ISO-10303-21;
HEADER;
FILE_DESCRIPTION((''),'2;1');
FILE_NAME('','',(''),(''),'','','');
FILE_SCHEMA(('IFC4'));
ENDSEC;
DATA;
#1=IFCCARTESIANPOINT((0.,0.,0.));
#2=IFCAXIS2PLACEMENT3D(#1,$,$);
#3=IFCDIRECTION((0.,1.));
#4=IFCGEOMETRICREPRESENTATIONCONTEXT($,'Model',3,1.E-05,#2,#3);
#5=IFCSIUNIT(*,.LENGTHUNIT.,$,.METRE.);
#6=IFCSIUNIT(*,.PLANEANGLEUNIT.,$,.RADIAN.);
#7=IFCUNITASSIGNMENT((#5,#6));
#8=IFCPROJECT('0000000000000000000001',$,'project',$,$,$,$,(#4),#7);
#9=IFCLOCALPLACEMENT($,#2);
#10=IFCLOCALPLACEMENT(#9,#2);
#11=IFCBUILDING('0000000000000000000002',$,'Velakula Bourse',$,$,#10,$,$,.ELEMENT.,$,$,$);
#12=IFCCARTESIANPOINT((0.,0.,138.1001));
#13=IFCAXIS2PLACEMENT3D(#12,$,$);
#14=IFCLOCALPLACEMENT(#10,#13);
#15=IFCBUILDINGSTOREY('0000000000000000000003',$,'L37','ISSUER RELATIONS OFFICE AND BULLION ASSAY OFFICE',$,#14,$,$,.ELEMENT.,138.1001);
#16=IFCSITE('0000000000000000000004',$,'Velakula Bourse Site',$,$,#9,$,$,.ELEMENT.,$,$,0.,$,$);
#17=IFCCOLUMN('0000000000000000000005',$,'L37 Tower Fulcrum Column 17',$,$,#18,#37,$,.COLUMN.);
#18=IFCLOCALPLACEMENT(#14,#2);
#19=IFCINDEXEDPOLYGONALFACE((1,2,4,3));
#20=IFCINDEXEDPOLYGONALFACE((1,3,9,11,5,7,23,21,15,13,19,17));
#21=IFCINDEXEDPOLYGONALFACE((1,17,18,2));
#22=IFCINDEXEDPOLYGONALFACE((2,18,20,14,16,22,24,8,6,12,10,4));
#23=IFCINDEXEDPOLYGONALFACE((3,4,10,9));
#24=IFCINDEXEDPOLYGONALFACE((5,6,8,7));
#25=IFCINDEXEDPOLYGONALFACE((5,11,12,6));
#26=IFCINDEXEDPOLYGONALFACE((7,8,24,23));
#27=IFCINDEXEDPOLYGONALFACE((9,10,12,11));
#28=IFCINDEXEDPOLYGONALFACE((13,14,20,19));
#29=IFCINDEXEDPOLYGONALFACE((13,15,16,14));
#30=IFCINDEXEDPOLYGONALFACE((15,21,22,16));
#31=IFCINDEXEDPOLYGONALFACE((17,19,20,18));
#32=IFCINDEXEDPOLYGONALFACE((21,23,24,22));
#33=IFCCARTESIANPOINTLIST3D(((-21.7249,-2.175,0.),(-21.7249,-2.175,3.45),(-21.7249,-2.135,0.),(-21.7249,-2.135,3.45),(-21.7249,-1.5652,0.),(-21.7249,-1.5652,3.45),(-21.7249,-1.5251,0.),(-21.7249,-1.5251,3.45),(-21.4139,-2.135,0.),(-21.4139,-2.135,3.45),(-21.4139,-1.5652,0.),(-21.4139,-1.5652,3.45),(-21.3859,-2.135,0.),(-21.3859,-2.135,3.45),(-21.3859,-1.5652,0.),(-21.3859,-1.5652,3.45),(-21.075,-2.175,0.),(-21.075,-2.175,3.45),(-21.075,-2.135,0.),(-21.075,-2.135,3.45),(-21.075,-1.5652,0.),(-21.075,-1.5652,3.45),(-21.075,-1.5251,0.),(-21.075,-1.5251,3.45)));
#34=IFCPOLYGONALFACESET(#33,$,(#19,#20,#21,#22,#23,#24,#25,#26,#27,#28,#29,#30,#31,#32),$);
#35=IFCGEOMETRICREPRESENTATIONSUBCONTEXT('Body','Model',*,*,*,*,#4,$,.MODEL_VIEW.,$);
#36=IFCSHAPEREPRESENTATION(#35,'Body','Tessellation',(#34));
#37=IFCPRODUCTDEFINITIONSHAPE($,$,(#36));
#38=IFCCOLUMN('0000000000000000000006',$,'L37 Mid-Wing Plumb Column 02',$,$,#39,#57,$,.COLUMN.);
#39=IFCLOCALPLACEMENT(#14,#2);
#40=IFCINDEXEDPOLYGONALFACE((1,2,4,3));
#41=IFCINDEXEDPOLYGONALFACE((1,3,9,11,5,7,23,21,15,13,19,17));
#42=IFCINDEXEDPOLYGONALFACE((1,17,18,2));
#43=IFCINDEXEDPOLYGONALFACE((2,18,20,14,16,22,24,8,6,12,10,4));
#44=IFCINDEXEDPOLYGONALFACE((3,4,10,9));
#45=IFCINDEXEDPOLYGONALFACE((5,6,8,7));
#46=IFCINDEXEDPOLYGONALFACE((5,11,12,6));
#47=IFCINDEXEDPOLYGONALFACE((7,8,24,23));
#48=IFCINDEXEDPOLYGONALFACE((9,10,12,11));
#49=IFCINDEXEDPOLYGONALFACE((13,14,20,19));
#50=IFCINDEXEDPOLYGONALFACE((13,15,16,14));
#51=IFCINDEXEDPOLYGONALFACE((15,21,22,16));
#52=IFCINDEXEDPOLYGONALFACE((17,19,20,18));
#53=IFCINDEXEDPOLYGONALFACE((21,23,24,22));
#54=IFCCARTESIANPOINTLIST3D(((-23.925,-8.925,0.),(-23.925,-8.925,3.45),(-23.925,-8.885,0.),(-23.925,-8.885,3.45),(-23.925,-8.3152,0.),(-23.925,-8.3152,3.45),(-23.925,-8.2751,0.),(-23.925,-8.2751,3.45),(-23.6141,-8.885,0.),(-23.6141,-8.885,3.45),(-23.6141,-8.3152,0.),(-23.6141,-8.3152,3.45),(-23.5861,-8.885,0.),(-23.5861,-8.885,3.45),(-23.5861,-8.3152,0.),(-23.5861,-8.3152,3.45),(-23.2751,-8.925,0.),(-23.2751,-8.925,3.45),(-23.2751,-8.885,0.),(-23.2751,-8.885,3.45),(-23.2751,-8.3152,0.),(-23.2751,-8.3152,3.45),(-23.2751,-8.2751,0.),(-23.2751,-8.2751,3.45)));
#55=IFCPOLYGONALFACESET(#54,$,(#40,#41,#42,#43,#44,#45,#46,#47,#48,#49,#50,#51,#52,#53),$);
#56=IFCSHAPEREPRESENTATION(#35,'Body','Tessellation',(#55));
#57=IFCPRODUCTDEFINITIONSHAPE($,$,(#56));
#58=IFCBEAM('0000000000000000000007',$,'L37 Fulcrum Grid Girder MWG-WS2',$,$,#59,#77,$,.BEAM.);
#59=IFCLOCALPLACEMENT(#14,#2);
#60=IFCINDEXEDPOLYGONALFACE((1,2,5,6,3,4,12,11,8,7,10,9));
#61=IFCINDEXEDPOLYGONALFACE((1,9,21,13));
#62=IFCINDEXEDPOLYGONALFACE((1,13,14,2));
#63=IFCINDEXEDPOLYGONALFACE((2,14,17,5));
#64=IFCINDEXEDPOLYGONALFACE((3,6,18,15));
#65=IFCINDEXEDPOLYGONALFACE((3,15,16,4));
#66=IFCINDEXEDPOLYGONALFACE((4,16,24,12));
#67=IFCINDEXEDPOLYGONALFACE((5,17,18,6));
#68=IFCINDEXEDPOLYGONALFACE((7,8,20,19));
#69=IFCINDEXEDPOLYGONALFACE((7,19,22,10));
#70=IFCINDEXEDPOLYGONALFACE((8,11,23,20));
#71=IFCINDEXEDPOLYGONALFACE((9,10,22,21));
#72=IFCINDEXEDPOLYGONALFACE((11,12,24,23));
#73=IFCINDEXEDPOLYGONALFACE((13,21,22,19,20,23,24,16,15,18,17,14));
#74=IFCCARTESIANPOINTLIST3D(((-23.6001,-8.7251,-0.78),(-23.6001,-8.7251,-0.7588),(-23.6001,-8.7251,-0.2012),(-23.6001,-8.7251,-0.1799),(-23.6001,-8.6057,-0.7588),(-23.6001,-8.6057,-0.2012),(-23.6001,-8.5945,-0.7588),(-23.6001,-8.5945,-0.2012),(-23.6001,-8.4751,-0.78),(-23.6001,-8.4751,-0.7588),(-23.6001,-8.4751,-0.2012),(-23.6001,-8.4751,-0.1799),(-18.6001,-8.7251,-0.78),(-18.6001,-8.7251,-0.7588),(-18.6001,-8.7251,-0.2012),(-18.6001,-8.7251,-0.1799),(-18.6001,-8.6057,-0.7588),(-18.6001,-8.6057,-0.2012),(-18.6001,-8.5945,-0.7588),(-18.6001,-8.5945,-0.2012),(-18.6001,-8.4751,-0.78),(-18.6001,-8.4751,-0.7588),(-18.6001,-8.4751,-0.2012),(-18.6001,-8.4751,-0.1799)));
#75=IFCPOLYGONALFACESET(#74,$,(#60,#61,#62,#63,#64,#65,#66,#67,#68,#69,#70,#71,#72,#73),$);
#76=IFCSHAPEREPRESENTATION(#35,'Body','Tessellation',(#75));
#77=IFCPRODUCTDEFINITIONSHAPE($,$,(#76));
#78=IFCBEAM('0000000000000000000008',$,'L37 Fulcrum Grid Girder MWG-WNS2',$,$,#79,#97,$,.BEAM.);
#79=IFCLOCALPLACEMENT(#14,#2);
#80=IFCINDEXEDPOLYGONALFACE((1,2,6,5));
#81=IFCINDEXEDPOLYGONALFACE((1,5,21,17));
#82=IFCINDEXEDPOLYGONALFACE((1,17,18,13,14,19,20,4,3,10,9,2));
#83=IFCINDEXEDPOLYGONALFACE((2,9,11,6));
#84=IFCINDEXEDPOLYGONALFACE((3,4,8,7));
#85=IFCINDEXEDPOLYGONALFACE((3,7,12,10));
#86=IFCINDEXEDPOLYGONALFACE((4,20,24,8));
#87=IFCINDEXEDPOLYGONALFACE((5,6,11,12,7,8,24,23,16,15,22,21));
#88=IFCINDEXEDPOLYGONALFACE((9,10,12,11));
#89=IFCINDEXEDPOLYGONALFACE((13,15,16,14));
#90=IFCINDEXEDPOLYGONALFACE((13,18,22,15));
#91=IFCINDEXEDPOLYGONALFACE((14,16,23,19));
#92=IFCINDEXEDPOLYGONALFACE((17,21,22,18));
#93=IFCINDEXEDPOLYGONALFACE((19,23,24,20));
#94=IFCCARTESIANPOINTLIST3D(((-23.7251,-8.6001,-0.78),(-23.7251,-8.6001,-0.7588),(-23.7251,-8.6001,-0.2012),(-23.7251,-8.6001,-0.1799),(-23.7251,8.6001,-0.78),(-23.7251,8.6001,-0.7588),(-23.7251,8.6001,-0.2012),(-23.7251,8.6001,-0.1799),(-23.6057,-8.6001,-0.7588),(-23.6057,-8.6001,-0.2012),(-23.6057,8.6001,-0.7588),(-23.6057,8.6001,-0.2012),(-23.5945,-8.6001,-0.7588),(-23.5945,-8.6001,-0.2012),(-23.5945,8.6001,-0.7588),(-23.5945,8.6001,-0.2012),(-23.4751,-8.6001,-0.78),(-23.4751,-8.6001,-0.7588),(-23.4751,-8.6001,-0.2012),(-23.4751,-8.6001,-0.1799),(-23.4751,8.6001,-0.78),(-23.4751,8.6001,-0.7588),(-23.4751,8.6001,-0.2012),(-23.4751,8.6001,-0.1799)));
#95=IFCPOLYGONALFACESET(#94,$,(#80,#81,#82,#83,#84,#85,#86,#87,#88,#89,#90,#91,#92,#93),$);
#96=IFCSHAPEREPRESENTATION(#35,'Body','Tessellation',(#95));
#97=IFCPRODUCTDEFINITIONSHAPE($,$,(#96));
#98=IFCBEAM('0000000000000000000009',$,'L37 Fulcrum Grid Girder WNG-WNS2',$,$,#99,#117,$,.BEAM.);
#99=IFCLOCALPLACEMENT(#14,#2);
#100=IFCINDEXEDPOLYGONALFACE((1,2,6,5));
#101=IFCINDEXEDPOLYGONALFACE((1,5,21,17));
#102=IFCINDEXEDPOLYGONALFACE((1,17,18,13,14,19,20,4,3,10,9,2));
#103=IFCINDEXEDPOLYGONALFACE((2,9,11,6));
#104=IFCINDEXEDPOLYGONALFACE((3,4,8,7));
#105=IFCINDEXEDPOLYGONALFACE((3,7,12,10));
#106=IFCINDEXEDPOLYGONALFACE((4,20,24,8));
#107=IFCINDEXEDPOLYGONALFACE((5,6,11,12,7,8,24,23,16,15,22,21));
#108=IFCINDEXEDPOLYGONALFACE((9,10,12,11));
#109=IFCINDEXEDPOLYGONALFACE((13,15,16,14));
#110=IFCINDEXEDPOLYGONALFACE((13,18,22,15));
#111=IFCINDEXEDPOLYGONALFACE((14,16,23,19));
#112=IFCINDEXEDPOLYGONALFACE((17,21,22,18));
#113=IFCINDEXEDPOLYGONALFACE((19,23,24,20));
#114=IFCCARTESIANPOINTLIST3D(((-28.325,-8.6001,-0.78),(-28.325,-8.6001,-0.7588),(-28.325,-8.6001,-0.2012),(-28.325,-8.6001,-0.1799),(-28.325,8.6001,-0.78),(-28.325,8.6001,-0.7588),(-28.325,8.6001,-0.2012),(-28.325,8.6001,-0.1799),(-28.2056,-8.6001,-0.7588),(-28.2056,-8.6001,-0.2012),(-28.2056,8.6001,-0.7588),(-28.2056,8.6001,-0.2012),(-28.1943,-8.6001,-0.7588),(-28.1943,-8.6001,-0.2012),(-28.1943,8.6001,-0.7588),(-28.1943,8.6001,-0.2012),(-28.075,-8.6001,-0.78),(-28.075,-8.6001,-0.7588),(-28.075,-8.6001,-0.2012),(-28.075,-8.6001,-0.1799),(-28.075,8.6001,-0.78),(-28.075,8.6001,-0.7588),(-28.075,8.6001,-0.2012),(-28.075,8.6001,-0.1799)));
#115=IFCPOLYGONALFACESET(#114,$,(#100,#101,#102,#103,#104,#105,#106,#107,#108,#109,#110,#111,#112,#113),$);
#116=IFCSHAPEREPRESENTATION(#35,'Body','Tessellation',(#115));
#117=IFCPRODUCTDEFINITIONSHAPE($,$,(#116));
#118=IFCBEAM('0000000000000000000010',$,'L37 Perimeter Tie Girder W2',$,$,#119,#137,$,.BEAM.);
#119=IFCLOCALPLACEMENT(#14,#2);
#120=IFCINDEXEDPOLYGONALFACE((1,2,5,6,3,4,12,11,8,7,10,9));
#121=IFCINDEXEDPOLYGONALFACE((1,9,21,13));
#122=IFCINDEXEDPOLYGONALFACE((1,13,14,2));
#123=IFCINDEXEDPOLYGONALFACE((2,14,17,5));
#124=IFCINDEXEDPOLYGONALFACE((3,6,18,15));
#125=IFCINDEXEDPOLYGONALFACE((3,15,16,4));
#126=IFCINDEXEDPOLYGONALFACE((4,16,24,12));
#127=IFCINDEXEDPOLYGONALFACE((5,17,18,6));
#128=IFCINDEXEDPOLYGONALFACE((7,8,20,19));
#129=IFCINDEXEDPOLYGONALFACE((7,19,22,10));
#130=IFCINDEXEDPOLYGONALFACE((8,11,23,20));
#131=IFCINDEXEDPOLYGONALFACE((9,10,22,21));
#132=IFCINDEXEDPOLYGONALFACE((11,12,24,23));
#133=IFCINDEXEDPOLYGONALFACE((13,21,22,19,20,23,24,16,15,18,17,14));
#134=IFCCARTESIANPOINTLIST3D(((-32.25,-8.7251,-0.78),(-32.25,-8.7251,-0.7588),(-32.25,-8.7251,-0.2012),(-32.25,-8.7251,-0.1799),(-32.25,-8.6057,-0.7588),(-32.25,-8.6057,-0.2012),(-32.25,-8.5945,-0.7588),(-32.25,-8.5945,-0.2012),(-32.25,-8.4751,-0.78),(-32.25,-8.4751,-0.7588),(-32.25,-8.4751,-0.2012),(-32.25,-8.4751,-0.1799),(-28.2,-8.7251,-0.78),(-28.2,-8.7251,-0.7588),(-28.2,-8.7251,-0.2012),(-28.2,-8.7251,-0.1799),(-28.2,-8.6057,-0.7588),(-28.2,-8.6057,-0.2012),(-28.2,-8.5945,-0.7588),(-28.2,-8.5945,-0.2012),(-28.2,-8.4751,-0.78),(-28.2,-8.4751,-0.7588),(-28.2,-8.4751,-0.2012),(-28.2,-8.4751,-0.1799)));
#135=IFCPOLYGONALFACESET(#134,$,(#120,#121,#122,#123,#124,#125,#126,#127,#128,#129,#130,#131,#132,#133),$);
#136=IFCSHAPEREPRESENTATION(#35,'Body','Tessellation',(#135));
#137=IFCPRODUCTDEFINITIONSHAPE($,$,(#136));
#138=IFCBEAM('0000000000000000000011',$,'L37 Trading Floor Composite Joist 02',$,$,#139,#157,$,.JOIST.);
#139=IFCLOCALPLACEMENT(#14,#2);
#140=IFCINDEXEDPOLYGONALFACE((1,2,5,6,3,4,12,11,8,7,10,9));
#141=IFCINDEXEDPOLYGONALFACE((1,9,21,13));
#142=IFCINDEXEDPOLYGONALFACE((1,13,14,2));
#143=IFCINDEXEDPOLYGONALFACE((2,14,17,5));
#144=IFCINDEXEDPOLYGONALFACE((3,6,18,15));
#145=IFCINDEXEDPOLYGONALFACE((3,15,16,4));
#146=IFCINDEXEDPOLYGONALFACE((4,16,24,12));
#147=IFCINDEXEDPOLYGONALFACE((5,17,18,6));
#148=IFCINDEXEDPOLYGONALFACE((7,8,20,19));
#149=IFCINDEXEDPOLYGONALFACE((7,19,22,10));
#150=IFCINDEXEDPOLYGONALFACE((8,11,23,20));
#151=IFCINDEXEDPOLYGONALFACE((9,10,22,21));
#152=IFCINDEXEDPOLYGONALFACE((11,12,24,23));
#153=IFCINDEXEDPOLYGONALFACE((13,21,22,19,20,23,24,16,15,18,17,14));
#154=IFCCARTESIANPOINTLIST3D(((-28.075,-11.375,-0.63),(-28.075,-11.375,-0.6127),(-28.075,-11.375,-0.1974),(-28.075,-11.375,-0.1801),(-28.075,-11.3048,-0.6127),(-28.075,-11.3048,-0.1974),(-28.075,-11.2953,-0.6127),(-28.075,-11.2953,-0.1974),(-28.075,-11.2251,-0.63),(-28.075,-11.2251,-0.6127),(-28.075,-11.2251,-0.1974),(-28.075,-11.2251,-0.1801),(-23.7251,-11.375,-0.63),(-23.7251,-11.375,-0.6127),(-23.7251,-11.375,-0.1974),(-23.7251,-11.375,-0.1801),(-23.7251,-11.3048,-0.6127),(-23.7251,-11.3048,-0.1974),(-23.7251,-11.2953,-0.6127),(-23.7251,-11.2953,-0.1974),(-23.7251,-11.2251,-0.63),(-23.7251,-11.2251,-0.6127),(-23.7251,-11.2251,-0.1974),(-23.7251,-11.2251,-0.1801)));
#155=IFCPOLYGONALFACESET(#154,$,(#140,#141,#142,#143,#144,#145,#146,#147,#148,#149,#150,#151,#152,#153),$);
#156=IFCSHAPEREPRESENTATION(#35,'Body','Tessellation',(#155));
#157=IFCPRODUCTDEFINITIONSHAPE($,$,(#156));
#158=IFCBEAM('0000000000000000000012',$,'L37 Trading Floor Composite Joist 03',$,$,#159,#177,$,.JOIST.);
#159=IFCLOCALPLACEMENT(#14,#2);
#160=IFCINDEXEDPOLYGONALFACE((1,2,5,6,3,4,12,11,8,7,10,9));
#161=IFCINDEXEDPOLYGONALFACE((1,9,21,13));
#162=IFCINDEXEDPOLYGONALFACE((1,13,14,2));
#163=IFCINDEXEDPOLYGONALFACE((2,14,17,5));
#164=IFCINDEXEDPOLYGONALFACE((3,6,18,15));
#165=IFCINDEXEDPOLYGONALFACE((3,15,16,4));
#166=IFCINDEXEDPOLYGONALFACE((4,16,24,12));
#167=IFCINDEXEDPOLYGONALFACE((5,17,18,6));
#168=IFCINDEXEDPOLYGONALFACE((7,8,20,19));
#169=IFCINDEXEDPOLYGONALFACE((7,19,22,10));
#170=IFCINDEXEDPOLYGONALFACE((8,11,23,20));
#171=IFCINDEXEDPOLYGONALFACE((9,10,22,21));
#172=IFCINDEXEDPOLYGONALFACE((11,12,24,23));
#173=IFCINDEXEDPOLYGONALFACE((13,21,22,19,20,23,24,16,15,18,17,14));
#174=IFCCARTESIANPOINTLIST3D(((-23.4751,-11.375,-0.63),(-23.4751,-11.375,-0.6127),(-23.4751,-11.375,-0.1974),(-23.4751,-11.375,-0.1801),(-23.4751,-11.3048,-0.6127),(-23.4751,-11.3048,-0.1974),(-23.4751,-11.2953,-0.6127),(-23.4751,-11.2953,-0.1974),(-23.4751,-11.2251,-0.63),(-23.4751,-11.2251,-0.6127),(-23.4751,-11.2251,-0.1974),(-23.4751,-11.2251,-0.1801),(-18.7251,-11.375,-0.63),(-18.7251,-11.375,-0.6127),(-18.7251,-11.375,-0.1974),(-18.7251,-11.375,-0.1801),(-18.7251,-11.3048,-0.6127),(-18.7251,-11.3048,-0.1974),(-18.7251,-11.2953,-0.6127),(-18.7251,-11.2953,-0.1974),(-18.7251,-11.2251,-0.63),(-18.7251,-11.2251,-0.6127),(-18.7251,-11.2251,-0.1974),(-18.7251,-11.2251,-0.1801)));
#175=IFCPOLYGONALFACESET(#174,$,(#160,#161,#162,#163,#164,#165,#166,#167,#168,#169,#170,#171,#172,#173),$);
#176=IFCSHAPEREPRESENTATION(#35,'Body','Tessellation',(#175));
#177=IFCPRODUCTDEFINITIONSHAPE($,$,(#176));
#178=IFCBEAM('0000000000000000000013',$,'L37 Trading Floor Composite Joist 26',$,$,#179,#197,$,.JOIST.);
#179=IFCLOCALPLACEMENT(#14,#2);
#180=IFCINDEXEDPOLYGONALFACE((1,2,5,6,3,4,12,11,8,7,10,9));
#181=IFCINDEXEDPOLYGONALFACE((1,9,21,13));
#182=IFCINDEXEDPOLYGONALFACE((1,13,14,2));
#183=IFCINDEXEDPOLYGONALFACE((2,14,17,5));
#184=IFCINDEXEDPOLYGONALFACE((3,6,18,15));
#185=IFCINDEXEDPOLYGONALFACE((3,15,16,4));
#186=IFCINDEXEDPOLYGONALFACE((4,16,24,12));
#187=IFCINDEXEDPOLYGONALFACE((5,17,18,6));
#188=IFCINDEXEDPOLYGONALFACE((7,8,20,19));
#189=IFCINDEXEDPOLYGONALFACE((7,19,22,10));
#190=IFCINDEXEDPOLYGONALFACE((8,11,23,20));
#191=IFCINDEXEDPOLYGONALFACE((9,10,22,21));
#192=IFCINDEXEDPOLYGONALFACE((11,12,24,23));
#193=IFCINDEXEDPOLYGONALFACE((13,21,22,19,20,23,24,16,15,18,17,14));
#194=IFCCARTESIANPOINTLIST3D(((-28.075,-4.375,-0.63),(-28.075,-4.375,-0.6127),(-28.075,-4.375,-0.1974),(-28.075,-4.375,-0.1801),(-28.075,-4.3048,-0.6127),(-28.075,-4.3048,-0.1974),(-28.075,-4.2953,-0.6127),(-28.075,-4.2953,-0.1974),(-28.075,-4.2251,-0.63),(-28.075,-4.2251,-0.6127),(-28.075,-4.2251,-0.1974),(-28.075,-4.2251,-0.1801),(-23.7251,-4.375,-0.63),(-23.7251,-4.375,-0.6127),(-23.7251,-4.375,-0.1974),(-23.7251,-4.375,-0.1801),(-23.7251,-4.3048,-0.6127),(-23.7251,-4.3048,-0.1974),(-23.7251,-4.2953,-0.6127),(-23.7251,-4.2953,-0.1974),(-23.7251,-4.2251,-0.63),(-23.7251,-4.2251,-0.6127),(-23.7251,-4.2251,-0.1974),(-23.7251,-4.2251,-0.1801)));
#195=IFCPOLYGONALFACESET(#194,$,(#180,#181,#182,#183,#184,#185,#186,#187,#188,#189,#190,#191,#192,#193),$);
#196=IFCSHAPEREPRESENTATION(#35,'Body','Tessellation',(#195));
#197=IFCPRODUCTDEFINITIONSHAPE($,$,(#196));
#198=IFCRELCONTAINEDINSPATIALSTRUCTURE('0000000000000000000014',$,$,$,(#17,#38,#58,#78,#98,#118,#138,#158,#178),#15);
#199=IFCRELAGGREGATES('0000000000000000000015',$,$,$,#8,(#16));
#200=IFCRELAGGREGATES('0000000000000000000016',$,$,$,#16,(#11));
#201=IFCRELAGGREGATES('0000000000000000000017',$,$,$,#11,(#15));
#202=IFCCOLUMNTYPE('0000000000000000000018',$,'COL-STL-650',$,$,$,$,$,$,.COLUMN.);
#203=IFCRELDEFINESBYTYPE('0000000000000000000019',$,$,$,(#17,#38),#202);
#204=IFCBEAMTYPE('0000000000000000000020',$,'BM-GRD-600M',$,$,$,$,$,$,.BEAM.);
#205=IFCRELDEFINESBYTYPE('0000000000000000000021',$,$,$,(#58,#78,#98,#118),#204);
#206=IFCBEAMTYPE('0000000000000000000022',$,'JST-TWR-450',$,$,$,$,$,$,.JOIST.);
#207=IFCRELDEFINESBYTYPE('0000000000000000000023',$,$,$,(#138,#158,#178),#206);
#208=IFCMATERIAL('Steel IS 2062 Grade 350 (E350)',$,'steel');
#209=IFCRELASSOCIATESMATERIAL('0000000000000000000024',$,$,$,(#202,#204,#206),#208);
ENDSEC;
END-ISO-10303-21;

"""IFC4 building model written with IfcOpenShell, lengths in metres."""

from ifc_helpers import new_model, si_unit, direction, frame, origin, origin_2d, place, context, subcontext, project, spatial, i_section, extrude, material, material_profile, profile_set, type_object, element, save


model = new_model("IFC4")

# Units and contexts
model_context = context("Model", 3, precision=1e-05, world=origin(), true_north=direction((0.0, 1.0)))
body_context = subcontext(model_context, "Body", "Model", "MODEL_VIEW")
ifc_project = project(units=[si_unit("LENGTHUNIT", "METRE"), si_unit("PLANEANGLEUNIT", "RADIAN")], contexts=[model_context])

# Site, building, storey
site_placement = place(None, origin())
site = spatial("IfcSite", under=ifc_project, at=site_placement, Name="Velakula Bourse Site", CompositionType="ELEMENT", RefElevation=0.0)
building_placement = place(site_placement, origin())
building = spatial("IfcBuilding", under=site, at=building_placement, Name="Velakula Bourse", CompositionType="ELEMENT")
storey_placement = place(building_placement, frame((0.0, 0.0, 138.1001)))
storey = spatial("IfcBuildingStorey", under=building, at=storey_placement, Name="L37", Description="ISSUER RELATIONS OFFICE AND BULLION ASSAY OFFICE", CompositionType="ELEMENT", Elevation=138.1001)

# Columns
ifc_material_1 = material(Name="Steel IS 2062 Grade 350 (E350)", Category="steel")
ifc_material_profile_1 = material_profile(ifc_material_1, i_section(OverallWidth=0.6499, OverallDepth=0.6499, WebThickness=0.0281, FlangeThickness=0.04, at=origin_2d()), Name="Steel IS 2062 Grade 350 (E350)")
ifc_profile_set_1 = profile_set([ifc_material_profile_1], Name="Steel IS 2062 Grade 350 (E350)")
column_type = type_object("IfcColumnType", Name="COL-STL-650", PredefinedType="COLUMN", material=ifc_profile_set_1)
for number, where, z_axis, x_axis, name in (
    (1, (-21.3999, -1.8501, 0.0), (0.0, 0.0, 1.0), (1.0, 0.0, 0.0), "L37 Tower Fulcrum Column 17"),
    (2, (-23.6001, -8.6001, 0.0), (0.0, 0.0, 1.0), (1.0, 0.0, 0.0), "L37 Mid-Wing Plumb Column 02"),
):
    element("IfcColumn", number, at=place(storey_placement, frame(where, z_axis=z_axis, x_axis=x_axis)), inside=storey, type_object=column_type, Name=name, PredefinedType="COLUMN", context=body_context, shape_type="SweptSolid", body=[
        extrude(i_section(OverallWidth=0.6499, OverallDepth=0.6499, WebThickness=0.0281, FlangeThickness=0.04, at=origin_2d()), origin(), (0.0, 0.0, 1.0), 3.45),
    ])

# Beams
ifc_material_profile_2 = material_profile(ifc_material_1, i_section(OverallWidth=0.25, OverallDepth=0.6001, WebThickness=0.0112, FlangeThickness=0.0212, at=origin_2d()), Name="Steel IS 2062 Grade 350 (E350)")
ifc_profile_set_2 = profile_set([ifc_material_profile_2], Name="Steel IS 2062 Grade 350 (E350)")
beam_type_1 = type_object("IfcBeamType", Name="BM-GRD-600M", PredefinedType="BEAM", material=ifc_profile_set_2)
beam_1_placement = place(storey_placement, frame((-23.6001, -8.6001, -0.48), z_axis=(1.0, 0.0, 0.0), x_axis=(0.0, 1.0, 0.0)))
element("IfcBeam", 3, at=beam_1_placement, inside=storey, type_object=beam_type_1, Name="L37 Fulcrum Grid Girder MWG-WS2", PredefinedType="BEAM", context=body_context, shape_type="SweptSolid", body=[
    extrude(i_section(OverallWidth=0.25, OverallDepth=0.6001, WebThickness=0.0112, FlangeThickness=0.0212, at=origin_2d()), origin(), (0.0, 0.0, 1.0), 5.0),
])
for number, where, z_axis, x_axis, name in (
    (4, (-23.6001, -8.6001, -0.48), (0.0, 1.0, 0.0), (-1.0, 0.0, 0.0), "L37 Fulcrum Grid Girder MWG-WNS2"),
    (5, (-28.2, -8.6001, -0.48), (0.0, 1.0, 0.0), (-1.0, 0.0, 0.0), "L37 Fulcrum Grid Girder WNG-WNS2"),
):
    element("IfcBeam", number, at=place(storey_placement, frame(where, z_axis=z_axis, x_axis=x_axis)), inside=storey, type_object=beam_type_1, Name=name, PredefinedType="BEAM", context=body_context, shape_type="SweptSolid", body=[
        extrude(i_section(OverallWidth=0.25, OverallDepth=0.6001, WebThickness=0.0112, FlangeThickness=0.0212, at=origin_2d()), origin(), (0.0, 0.0, 1.0), 17.2002),
    ])
beam_2_placement = place(storey_placement, frame((-28.2, -8.6001, -0.48), z_axis=(-1.0, 0.0, 0.0), x_axis=(0.0, -1.0, 0.0)))
element("IfcBeam", 6, at=beam_2_placement, inside=storey, type_object=beam_type_1, Name="L37 Perimeter Tie Girder W2", PredefinedType="BEAM", context=body_context, shape_type="SweptSolid", body=[
    extrude(i_section(OverallWidth=0.25, OverallDepth=0.6001, WebThickness=0.0112, FlangeThickness=0.0212, at=origin_2d()), origin(), (0.0, 0.0, 1.0), 4.05),
])
ifc_material_profile_3 = material_profile(ifc_material_1, i_section(OverallWidth=0.1499, OverallDepth=0.45, WebThickness=0.0095, FlangeThickness=0.0173, at=origin_2d()), Name="Steel IS 2062 Grade 350 (E350)")
ifc_profile_set_3 = profile_set([ifc_material_profile_3], Name="Steel IS 2062 Grade 350 (E350)")
beam_type_2 = type_object("IfcBeamType", Name="JST-TWR-450", PredefinedType="JOIST", material=ifc_profile_set_3)
beam_3_placement = place(storey_placement, frame((-28.075, -11.3, -0.405), z_axis=(1.0, 0.0, 0.0), x_axis=(0.0, 1.0, 0.0)))
element("IfcBeam", 7, at=beam_3_placement, inside=storey, type_object=beam_type_2, Name="L37 Trading Floor Composite Joist 02", PredefinedType="JOIST", context=body_context, shape_type="SweptSolid", body=[
    extrude(i_section(OverallWidth=0.1499, OverallDepth=0.45, WebThickness=0.0095, FlangeThickness=0.0173, at=origin_2d()), origin(), (0.0, 0.0, 1.0), 4.3499),
])
beam_4_placement = place(storey_placement, frame((-23.4751, -11.3, -0.405), z_axis=(1.0, 0.0, 0.0), x_axis=(0.0, 1.0, 0.0)))
element("IfcBeam", 8, at=beam_4_placement, inside=storey, type_object=beam_type_2, Name="L37 Trading Floor Composite Joist 03", PredefinedType="JOIST", context=body_context, shape_type="SweptSolid", body=[
    extrude(i_section(OverallWidth=0.1499, OverallDepth=0.45, WebThickness=0.0095, FlangeThickness=0.0173, at=origin_2d()), origin(), (0.0, 0.0, 1.0), 4.75),
])
beam_5_placement = place(storey_placement, frame((-28.075, -4.3, -0.405), z_axis=(1.0, 0.0, 0.0), x_axis=(0.0, 1.0, 0.0)))
element("IfcBeam", 9, at=beam_5_placement, inside=storey, type_object=beam_type_2, Name="L37 Trading Floor Composite Joist 26", PredefinedType="JOIST", context=body_context, shape_type="SweptSolid", body=[
    extrude(i_section(OverallWidth=0.1499, OverallDepth=0.45, WebThickness=0.0095, FlangeThickness=0.0173, at=origin_2d()), origin(), (0.0, 0.0, 1.0), 4.3499),
])

save(model, "model.ifc")
